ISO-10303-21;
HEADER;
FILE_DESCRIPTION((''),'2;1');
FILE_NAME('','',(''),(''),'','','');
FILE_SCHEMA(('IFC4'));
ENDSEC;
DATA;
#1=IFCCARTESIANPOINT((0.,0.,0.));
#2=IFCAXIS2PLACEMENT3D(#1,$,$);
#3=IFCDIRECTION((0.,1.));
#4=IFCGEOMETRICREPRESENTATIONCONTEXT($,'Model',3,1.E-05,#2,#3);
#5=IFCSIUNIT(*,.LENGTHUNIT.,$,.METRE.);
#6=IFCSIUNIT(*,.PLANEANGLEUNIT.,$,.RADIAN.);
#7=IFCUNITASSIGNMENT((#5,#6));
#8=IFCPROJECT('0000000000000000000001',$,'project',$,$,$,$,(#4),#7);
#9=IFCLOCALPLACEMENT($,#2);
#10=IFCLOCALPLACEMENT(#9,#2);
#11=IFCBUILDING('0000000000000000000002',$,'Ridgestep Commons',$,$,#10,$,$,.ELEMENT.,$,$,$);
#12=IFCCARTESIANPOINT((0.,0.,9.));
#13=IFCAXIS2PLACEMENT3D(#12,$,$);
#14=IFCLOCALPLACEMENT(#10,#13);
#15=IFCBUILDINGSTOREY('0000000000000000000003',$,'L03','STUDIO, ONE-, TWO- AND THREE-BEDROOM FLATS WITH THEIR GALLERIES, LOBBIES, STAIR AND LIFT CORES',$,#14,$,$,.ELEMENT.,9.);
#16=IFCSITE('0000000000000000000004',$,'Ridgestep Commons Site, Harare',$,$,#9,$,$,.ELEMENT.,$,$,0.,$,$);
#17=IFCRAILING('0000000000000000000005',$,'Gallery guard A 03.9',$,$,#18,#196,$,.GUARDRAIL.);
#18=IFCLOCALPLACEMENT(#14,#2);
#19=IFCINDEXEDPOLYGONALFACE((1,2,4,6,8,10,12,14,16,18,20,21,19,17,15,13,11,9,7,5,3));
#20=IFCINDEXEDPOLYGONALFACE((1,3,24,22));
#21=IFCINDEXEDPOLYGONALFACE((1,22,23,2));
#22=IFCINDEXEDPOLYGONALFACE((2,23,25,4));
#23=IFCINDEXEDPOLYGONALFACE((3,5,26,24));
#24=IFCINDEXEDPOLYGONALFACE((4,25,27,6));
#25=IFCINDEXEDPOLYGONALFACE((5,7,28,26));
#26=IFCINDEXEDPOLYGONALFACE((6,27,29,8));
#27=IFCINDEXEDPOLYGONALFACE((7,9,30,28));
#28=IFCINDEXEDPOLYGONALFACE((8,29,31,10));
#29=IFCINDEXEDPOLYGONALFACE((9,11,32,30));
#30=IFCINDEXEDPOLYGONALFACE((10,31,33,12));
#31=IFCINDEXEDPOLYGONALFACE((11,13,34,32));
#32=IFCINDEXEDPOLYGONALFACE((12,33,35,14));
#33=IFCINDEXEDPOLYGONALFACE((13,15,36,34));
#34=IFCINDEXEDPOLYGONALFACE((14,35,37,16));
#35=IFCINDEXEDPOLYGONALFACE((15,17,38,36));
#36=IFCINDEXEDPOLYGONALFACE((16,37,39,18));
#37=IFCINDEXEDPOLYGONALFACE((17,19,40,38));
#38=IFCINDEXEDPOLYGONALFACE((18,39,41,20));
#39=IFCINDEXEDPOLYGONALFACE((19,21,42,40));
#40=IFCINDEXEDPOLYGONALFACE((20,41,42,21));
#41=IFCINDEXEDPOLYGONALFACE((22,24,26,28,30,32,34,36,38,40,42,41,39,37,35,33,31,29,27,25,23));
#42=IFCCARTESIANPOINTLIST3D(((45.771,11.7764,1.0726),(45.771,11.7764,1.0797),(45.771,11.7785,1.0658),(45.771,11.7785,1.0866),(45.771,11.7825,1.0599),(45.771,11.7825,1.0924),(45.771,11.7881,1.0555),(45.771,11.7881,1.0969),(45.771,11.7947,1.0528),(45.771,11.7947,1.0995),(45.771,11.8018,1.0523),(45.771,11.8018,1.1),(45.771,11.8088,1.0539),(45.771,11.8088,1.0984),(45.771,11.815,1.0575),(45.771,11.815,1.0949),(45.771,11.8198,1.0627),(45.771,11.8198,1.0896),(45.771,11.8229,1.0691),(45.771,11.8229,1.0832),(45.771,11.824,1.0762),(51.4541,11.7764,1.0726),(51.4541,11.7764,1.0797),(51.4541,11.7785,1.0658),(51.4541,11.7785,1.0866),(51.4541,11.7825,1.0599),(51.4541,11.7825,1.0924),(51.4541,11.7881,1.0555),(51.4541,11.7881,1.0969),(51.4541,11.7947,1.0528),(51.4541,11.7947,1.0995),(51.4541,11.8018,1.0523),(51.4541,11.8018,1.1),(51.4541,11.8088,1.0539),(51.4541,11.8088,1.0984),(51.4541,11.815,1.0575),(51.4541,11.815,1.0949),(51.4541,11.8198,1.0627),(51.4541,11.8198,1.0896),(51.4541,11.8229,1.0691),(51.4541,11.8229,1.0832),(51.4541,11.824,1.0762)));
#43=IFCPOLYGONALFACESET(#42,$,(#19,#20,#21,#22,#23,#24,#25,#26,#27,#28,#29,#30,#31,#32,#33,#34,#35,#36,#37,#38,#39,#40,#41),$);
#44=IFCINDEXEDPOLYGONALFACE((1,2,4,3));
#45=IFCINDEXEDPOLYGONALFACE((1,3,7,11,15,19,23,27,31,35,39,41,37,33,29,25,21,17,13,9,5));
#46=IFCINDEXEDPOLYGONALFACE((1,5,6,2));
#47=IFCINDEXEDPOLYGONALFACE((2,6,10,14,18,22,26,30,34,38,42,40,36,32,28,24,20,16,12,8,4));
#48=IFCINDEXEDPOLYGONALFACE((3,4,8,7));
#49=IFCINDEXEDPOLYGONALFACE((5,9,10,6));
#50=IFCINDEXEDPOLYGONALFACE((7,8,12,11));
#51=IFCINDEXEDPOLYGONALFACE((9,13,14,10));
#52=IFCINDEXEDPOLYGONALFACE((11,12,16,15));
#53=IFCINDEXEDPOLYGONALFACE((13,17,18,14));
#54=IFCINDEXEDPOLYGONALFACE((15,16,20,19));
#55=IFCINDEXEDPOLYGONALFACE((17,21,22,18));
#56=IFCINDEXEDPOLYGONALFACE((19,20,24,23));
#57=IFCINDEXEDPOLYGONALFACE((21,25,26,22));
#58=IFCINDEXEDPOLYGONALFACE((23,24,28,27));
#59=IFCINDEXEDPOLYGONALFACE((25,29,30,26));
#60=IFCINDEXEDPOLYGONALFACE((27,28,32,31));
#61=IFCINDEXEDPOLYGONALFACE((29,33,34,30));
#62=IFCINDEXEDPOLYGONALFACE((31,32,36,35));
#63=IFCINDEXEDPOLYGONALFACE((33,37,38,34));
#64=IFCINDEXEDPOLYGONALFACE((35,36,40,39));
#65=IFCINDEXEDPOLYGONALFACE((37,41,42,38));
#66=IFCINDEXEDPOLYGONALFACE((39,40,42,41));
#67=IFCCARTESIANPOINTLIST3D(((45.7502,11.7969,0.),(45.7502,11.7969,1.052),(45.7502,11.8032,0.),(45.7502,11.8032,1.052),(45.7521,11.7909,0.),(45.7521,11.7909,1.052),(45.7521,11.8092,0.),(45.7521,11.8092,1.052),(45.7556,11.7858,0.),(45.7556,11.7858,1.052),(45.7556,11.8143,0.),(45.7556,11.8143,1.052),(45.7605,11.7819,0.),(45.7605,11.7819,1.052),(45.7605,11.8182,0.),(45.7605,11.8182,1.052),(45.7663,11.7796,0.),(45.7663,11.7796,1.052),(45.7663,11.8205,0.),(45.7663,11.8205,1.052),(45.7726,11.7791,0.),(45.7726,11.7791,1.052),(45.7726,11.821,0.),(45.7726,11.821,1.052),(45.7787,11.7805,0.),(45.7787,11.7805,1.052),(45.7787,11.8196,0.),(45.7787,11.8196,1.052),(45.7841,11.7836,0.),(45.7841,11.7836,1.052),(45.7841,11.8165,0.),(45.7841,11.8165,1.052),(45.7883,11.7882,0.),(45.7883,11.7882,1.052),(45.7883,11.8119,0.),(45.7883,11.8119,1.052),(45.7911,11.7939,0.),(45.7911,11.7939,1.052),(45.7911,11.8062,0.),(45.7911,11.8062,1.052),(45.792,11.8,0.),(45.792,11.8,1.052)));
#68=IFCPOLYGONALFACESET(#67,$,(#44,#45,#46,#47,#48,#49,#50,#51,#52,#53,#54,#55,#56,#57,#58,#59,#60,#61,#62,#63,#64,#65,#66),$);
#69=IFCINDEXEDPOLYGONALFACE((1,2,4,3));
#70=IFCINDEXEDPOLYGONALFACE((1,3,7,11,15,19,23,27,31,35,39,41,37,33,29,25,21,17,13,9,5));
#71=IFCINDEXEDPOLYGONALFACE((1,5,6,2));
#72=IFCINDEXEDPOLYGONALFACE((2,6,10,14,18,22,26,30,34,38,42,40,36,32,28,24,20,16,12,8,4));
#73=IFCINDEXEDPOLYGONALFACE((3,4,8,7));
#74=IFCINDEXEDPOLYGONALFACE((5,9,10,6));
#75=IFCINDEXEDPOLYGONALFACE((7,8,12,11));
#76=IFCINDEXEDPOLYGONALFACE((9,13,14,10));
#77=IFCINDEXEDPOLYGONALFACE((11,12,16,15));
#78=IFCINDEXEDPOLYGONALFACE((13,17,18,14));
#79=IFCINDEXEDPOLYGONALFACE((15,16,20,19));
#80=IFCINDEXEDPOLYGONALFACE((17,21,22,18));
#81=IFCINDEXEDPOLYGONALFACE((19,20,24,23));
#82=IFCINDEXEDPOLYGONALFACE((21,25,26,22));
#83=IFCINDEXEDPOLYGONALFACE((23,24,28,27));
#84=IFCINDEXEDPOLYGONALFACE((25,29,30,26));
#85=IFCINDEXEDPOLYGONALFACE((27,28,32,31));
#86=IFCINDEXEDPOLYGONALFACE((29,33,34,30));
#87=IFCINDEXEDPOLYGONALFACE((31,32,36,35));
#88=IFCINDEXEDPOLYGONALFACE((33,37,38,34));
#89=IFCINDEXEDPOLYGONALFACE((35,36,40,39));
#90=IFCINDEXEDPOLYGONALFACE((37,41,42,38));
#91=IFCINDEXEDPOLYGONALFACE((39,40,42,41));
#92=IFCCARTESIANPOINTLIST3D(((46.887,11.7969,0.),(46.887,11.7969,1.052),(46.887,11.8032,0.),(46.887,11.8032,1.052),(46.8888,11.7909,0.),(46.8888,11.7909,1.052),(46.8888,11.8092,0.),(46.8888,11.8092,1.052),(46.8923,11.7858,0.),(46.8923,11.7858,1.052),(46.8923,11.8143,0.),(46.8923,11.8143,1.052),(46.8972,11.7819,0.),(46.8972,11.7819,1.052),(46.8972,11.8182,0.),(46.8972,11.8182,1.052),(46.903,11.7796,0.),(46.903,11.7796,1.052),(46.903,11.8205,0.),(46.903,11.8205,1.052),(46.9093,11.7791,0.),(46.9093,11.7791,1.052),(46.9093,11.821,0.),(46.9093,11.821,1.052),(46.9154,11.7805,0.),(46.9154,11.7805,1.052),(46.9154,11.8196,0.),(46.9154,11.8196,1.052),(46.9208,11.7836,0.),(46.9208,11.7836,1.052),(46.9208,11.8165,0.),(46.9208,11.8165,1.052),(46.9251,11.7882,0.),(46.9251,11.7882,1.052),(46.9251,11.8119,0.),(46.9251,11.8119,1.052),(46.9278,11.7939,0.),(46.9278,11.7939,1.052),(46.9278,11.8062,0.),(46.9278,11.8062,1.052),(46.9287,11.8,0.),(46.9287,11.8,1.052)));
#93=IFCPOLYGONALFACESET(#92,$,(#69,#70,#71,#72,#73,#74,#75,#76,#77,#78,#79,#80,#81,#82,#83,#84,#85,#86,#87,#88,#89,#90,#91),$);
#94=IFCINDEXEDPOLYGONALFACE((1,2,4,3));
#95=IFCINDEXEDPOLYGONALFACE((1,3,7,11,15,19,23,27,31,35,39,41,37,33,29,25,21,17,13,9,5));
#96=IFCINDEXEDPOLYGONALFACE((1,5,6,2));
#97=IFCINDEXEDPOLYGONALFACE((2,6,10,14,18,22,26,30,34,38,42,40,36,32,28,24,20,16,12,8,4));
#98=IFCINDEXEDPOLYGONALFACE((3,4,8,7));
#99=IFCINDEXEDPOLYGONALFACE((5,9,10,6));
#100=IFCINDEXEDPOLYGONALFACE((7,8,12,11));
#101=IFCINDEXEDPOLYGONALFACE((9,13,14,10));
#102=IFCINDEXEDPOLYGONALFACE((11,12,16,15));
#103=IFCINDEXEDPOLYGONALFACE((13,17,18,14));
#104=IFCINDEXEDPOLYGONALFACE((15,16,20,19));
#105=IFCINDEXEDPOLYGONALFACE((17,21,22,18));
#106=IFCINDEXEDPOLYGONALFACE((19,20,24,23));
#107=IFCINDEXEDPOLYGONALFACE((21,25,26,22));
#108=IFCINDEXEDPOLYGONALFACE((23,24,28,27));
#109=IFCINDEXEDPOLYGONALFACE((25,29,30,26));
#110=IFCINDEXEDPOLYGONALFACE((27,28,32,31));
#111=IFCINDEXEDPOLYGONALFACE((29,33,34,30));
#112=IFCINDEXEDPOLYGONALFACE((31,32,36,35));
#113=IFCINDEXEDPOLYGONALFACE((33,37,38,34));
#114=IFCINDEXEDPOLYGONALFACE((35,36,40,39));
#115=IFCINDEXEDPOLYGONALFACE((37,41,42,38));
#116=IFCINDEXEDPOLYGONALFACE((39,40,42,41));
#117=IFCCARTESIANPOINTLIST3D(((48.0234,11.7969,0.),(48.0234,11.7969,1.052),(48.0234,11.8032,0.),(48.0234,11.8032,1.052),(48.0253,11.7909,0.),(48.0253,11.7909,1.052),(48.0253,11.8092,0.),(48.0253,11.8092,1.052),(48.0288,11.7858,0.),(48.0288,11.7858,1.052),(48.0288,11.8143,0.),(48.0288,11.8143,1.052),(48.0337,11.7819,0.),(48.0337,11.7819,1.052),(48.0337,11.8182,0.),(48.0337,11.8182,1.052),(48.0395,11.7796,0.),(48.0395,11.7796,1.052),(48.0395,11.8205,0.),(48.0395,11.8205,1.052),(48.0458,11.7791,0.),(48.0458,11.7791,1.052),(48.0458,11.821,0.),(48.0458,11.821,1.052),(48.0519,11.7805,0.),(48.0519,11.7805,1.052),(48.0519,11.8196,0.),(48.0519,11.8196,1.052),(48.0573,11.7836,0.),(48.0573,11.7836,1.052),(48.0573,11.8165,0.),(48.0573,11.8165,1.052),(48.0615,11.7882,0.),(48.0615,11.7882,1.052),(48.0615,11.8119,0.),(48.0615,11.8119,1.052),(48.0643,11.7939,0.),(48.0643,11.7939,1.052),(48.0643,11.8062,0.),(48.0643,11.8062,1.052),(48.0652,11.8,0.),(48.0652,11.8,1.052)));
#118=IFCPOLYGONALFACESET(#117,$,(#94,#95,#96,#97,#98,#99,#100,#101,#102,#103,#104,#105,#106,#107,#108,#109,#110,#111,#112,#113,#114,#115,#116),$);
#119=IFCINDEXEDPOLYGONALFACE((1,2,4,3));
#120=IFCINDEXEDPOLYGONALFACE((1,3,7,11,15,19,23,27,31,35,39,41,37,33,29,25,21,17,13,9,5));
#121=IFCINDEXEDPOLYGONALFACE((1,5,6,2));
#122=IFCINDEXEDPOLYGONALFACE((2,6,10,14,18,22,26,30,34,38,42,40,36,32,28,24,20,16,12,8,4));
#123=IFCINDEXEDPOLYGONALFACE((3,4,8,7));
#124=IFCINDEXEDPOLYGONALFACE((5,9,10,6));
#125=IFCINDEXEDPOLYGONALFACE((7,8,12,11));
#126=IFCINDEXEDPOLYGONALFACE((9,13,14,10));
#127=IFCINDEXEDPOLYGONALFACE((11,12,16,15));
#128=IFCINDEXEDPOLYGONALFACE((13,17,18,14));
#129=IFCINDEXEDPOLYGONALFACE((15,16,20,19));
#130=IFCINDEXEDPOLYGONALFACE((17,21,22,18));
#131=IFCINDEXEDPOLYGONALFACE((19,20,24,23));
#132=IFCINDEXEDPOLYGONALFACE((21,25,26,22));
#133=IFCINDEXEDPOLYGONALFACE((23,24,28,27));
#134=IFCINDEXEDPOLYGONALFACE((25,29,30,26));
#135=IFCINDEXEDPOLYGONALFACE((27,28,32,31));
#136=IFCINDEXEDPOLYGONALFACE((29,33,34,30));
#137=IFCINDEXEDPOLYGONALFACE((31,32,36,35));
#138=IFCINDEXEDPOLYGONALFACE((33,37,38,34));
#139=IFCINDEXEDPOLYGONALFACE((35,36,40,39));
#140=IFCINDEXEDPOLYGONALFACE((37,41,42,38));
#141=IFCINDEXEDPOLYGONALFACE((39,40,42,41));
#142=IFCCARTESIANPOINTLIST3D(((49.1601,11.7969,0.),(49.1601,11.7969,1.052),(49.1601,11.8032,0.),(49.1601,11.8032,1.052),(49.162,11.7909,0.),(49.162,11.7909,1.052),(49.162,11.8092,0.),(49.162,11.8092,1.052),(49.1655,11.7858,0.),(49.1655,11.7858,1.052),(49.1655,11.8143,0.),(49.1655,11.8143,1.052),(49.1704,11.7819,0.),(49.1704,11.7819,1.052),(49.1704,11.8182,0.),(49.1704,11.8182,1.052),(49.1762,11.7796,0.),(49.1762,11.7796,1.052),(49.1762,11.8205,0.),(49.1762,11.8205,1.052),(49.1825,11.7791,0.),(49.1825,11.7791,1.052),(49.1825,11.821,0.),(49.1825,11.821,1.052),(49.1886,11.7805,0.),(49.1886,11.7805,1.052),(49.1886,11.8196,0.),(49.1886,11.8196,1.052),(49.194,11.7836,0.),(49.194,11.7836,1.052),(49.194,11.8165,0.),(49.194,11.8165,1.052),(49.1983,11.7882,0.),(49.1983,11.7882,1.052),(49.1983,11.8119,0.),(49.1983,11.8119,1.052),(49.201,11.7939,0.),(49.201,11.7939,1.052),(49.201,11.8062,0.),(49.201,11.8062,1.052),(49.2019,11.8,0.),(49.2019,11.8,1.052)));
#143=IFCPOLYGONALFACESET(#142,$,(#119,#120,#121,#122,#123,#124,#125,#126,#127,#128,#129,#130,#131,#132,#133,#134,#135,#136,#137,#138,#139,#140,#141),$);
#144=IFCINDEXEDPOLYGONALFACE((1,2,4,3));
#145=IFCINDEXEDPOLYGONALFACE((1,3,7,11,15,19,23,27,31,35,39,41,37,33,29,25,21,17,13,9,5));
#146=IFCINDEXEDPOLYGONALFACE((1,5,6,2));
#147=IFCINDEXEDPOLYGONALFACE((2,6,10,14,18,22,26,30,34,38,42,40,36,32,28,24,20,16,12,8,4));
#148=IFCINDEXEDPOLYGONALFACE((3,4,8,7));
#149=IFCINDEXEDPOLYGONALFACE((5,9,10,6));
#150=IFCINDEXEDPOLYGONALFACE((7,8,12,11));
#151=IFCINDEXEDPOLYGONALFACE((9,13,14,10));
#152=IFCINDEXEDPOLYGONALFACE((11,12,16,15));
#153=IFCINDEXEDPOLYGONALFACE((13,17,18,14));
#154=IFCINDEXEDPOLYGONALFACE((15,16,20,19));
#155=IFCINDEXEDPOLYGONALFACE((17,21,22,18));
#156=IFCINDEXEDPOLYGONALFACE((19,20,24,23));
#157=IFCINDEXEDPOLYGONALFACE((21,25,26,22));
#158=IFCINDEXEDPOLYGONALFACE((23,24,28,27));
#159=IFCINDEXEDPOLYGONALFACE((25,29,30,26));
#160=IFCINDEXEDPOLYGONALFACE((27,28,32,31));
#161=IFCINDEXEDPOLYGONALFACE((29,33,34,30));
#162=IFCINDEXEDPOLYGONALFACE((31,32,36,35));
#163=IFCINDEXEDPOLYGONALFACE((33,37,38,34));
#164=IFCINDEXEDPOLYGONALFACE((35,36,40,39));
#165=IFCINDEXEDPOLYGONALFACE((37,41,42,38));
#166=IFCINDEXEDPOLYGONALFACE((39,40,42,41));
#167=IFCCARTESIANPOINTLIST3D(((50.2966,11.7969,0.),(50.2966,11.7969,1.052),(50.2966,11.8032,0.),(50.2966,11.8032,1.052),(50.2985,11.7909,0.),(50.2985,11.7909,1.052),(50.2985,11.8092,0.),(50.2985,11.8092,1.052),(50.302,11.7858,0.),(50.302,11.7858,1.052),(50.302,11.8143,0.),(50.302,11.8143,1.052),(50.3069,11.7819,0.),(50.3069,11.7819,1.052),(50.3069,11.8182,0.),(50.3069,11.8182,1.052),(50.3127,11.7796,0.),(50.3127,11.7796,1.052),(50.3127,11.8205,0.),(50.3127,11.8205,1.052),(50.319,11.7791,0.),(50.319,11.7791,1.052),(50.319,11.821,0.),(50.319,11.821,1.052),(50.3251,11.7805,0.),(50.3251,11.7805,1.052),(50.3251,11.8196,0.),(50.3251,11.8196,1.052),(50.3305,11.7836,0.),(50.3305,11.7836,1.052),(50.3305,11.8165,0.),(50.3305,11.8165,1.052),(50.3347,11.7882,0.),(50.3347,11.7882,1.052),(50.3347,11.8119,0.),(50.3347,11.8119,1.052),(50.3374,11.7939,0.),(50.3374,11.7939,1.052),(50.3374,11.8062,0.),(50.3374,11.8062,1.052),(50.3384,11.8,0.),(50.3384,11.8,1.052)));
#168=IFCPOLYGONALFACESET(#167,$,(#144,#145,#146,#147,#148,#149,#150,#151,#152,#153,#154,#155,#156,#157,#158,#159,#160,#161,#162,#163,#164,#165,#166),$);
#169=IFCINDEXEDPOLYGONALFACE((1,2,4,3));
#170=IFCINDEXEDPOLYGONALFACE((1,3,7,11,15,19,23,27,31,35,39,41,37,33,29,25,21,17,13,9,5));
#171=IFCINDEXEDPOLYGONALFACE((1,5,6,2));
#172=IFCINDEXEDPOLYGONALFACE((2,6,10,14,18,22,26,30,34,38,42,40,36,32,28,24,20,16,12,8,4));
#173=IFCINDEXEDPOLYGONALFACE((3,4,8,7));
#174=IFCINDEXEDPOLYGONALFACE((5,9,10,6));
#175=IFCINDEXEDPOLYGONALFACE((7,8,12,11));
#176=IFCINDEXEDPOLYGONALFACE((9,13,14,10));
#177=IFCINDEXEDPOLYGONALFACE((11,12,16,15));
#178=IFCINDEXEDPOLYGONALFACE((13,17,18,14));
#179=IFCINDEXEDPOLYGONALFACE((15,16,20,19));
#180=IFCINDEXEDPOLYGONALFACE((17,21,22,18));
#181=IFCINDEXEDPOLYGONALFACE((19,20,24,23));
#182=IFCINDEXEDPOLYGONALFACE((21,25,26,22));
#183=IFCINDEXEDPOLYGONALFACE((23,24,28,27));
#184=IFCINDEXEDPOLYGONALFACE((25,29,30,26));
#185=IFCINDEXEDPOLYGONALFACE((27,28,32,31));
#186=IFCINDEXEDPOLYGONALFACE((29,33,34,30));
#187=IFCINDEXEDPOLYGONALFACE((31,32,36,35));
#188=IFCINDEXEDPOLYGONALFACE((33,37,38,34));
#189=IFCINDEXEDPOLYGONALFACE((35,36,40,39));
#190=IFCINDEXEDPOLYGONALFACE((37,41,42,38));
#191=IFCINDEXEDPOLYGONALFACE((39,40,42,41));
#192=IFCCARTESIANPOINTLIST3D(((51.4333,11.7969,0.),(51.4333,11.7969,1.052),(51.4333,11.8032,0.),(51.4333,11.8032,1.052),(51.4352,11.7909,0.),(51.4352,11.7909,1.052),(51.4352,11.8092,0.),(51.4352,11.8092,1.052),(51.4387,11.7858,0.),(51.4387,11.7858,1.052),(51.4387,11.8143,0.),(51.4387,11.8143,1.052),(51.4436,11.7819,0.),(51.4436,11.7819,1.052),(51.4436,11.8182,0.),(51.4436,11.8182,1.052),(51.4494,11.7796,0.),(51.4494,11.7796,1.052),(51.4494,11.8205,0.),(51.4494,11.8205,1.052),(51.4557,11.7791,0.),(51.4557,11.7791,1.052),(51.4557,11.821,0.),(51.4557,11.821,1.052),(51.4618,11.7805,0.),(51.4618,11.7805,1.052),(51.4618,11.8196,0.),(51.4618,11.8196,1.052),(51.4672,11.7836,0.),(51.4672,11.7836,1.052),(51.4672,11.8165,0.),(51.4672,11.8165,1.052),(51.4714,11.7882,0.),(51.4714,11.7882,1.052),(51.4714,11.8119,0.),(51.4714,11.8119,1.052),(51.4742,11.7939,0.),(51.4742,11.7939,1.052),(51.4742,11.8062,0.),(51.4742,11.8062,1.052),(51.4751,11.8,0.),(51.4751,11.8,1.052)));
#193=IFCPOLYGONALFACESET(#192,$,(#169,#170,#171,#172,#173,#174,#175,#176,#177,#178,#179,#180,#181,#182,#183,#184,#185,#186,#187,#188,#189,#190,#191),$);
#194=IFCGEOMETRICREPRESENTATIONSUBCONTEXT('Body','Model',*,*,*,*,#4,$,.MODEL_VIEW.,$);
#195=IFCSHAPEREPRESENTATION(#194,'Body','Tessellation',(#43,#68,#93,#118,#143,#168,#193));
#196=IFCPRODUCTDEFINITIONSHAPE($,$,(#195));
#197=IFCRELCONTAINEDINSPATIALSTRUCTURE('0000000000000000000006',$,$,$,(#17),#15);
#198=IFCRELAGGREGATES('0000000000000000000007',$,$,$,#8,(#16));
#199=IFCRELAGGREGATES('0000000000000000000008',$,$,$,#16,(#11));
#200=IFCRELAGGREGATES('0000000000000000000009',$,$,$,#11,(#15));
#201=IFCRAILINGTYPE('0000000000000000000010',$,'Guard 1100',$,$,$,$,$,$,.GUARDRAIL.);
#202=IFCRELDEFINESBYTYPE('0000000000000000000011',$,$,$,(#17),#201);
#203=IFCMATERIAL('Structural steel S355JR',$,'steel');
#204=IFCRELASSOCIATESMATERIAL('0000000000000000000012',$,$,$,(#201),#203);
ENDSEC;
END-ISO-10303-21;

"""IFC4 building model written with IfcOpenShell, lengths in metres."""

from ifc_helpers import new_model, si_unit, direction, frame, origin, origin_2d, place, context, subcontext, project, spatial, circle, extrude, material, type_object, element, save


model = new_model("IFC4")

# Units and contexts
model_context = context("Model", 3, precision=1e-05, world=origin(), true_north=direction((0.0, 1.0)))
body_context = subcontext(model_context, "Body", "Model", "MODEL_VIEW")
ifc_project = project(units=[si_unit("LENGTHUNIT", "METRE"), si_unit("PLANEANGLEUNIT", "RADIAN")], contexts=[model_context])

# Site, building, storey
site_placement = place(None, origin())
site = spatial("IfcSite", under=ifc_project, at=site_placement, Name="Ridgestep Commons Site, Harare", CompositionType="ELEMENT", RefElevation=0.0)
building_placement = place(site_placement, origin())
building = spatial("IfcBuilding", under=site, at=building_placement, Name="Ridgestep Commons", CompositionType="ELEMENT")
storey_placement = place(building_placement, frame((0.0, 0.0, 9.0)))
storey = spatial("IfcBuildingStorey", under=building, at=storey_placement, Name="L03", Description="STUDIO, ONE-, TWO- AND THREE-BEDROOM FLATS WITH THEIR GALLERIES, LOBBIES, STAIR AND LIFT CORES", CompositionType="ELEMENT", Elevation=9.0)

# Railing
ifc_material_1 = material(Name="Structural steel S355JR", Category="steel")
railing_type = type_object("IfcRailingType", Name="Guard 1100", PredefinedType="GUARDRAIL", material=ifc_material_1)
railing_1_placement = place(storey_placement, frame((45.771, 11.8, 0.0)))
element("IfcRailing", 1, at=railing_1_placement, inside=storey, type_object=railing_type, Name="Gallery guard A 03.9", PredefinedType="GUARDRAIL", context=body_context, shape_type="SweptSolid", body=[
    extrude(circle(Radius=0.0239, at=origin_2d()), frame((0.0, 0.0, 1.0762), z_axis=(1.0, 0.0, 0.0), x_axis=(0.0, 1.0, 0.0)), (0.0, 0.0, 1.0), 5.6831),
    extrude(circle(Radius=0.021, at=origin_2d()), origin(), (0.0, 0.0, 1.0), 1.052),
    extrude(circle(Radius=0.021, at=origin_2d()), frame((1.1367, 0.0, 0.0)), (0.0, 0.0, 1.0), 1.052),
    extrude(circle(Radius=0.021, at=origin_2d()), frame((2.2732, 0.0, 0.0)), (0.0, 0.0, 1.0), 1.052),
    extrude(circle(Radius=0.021, at=origin_2d()), frame((3.4099, 0.0, 0.0)), (0.0, 0.0, 1.0), 1.052),
    extrude(circle(Radius=0.021, at=origin_2d()), frame((4.5464, 0.0, 0.0)), (0.0, 0.0, 1.0), 1.052),
    extrude(circle(Radius=0.021, at=origin_2d()), frame((5.6831, 0.0, 0.0)), (0.0, 0.0, 1.0), 1.052),
])

save(model, "model.ifc")
